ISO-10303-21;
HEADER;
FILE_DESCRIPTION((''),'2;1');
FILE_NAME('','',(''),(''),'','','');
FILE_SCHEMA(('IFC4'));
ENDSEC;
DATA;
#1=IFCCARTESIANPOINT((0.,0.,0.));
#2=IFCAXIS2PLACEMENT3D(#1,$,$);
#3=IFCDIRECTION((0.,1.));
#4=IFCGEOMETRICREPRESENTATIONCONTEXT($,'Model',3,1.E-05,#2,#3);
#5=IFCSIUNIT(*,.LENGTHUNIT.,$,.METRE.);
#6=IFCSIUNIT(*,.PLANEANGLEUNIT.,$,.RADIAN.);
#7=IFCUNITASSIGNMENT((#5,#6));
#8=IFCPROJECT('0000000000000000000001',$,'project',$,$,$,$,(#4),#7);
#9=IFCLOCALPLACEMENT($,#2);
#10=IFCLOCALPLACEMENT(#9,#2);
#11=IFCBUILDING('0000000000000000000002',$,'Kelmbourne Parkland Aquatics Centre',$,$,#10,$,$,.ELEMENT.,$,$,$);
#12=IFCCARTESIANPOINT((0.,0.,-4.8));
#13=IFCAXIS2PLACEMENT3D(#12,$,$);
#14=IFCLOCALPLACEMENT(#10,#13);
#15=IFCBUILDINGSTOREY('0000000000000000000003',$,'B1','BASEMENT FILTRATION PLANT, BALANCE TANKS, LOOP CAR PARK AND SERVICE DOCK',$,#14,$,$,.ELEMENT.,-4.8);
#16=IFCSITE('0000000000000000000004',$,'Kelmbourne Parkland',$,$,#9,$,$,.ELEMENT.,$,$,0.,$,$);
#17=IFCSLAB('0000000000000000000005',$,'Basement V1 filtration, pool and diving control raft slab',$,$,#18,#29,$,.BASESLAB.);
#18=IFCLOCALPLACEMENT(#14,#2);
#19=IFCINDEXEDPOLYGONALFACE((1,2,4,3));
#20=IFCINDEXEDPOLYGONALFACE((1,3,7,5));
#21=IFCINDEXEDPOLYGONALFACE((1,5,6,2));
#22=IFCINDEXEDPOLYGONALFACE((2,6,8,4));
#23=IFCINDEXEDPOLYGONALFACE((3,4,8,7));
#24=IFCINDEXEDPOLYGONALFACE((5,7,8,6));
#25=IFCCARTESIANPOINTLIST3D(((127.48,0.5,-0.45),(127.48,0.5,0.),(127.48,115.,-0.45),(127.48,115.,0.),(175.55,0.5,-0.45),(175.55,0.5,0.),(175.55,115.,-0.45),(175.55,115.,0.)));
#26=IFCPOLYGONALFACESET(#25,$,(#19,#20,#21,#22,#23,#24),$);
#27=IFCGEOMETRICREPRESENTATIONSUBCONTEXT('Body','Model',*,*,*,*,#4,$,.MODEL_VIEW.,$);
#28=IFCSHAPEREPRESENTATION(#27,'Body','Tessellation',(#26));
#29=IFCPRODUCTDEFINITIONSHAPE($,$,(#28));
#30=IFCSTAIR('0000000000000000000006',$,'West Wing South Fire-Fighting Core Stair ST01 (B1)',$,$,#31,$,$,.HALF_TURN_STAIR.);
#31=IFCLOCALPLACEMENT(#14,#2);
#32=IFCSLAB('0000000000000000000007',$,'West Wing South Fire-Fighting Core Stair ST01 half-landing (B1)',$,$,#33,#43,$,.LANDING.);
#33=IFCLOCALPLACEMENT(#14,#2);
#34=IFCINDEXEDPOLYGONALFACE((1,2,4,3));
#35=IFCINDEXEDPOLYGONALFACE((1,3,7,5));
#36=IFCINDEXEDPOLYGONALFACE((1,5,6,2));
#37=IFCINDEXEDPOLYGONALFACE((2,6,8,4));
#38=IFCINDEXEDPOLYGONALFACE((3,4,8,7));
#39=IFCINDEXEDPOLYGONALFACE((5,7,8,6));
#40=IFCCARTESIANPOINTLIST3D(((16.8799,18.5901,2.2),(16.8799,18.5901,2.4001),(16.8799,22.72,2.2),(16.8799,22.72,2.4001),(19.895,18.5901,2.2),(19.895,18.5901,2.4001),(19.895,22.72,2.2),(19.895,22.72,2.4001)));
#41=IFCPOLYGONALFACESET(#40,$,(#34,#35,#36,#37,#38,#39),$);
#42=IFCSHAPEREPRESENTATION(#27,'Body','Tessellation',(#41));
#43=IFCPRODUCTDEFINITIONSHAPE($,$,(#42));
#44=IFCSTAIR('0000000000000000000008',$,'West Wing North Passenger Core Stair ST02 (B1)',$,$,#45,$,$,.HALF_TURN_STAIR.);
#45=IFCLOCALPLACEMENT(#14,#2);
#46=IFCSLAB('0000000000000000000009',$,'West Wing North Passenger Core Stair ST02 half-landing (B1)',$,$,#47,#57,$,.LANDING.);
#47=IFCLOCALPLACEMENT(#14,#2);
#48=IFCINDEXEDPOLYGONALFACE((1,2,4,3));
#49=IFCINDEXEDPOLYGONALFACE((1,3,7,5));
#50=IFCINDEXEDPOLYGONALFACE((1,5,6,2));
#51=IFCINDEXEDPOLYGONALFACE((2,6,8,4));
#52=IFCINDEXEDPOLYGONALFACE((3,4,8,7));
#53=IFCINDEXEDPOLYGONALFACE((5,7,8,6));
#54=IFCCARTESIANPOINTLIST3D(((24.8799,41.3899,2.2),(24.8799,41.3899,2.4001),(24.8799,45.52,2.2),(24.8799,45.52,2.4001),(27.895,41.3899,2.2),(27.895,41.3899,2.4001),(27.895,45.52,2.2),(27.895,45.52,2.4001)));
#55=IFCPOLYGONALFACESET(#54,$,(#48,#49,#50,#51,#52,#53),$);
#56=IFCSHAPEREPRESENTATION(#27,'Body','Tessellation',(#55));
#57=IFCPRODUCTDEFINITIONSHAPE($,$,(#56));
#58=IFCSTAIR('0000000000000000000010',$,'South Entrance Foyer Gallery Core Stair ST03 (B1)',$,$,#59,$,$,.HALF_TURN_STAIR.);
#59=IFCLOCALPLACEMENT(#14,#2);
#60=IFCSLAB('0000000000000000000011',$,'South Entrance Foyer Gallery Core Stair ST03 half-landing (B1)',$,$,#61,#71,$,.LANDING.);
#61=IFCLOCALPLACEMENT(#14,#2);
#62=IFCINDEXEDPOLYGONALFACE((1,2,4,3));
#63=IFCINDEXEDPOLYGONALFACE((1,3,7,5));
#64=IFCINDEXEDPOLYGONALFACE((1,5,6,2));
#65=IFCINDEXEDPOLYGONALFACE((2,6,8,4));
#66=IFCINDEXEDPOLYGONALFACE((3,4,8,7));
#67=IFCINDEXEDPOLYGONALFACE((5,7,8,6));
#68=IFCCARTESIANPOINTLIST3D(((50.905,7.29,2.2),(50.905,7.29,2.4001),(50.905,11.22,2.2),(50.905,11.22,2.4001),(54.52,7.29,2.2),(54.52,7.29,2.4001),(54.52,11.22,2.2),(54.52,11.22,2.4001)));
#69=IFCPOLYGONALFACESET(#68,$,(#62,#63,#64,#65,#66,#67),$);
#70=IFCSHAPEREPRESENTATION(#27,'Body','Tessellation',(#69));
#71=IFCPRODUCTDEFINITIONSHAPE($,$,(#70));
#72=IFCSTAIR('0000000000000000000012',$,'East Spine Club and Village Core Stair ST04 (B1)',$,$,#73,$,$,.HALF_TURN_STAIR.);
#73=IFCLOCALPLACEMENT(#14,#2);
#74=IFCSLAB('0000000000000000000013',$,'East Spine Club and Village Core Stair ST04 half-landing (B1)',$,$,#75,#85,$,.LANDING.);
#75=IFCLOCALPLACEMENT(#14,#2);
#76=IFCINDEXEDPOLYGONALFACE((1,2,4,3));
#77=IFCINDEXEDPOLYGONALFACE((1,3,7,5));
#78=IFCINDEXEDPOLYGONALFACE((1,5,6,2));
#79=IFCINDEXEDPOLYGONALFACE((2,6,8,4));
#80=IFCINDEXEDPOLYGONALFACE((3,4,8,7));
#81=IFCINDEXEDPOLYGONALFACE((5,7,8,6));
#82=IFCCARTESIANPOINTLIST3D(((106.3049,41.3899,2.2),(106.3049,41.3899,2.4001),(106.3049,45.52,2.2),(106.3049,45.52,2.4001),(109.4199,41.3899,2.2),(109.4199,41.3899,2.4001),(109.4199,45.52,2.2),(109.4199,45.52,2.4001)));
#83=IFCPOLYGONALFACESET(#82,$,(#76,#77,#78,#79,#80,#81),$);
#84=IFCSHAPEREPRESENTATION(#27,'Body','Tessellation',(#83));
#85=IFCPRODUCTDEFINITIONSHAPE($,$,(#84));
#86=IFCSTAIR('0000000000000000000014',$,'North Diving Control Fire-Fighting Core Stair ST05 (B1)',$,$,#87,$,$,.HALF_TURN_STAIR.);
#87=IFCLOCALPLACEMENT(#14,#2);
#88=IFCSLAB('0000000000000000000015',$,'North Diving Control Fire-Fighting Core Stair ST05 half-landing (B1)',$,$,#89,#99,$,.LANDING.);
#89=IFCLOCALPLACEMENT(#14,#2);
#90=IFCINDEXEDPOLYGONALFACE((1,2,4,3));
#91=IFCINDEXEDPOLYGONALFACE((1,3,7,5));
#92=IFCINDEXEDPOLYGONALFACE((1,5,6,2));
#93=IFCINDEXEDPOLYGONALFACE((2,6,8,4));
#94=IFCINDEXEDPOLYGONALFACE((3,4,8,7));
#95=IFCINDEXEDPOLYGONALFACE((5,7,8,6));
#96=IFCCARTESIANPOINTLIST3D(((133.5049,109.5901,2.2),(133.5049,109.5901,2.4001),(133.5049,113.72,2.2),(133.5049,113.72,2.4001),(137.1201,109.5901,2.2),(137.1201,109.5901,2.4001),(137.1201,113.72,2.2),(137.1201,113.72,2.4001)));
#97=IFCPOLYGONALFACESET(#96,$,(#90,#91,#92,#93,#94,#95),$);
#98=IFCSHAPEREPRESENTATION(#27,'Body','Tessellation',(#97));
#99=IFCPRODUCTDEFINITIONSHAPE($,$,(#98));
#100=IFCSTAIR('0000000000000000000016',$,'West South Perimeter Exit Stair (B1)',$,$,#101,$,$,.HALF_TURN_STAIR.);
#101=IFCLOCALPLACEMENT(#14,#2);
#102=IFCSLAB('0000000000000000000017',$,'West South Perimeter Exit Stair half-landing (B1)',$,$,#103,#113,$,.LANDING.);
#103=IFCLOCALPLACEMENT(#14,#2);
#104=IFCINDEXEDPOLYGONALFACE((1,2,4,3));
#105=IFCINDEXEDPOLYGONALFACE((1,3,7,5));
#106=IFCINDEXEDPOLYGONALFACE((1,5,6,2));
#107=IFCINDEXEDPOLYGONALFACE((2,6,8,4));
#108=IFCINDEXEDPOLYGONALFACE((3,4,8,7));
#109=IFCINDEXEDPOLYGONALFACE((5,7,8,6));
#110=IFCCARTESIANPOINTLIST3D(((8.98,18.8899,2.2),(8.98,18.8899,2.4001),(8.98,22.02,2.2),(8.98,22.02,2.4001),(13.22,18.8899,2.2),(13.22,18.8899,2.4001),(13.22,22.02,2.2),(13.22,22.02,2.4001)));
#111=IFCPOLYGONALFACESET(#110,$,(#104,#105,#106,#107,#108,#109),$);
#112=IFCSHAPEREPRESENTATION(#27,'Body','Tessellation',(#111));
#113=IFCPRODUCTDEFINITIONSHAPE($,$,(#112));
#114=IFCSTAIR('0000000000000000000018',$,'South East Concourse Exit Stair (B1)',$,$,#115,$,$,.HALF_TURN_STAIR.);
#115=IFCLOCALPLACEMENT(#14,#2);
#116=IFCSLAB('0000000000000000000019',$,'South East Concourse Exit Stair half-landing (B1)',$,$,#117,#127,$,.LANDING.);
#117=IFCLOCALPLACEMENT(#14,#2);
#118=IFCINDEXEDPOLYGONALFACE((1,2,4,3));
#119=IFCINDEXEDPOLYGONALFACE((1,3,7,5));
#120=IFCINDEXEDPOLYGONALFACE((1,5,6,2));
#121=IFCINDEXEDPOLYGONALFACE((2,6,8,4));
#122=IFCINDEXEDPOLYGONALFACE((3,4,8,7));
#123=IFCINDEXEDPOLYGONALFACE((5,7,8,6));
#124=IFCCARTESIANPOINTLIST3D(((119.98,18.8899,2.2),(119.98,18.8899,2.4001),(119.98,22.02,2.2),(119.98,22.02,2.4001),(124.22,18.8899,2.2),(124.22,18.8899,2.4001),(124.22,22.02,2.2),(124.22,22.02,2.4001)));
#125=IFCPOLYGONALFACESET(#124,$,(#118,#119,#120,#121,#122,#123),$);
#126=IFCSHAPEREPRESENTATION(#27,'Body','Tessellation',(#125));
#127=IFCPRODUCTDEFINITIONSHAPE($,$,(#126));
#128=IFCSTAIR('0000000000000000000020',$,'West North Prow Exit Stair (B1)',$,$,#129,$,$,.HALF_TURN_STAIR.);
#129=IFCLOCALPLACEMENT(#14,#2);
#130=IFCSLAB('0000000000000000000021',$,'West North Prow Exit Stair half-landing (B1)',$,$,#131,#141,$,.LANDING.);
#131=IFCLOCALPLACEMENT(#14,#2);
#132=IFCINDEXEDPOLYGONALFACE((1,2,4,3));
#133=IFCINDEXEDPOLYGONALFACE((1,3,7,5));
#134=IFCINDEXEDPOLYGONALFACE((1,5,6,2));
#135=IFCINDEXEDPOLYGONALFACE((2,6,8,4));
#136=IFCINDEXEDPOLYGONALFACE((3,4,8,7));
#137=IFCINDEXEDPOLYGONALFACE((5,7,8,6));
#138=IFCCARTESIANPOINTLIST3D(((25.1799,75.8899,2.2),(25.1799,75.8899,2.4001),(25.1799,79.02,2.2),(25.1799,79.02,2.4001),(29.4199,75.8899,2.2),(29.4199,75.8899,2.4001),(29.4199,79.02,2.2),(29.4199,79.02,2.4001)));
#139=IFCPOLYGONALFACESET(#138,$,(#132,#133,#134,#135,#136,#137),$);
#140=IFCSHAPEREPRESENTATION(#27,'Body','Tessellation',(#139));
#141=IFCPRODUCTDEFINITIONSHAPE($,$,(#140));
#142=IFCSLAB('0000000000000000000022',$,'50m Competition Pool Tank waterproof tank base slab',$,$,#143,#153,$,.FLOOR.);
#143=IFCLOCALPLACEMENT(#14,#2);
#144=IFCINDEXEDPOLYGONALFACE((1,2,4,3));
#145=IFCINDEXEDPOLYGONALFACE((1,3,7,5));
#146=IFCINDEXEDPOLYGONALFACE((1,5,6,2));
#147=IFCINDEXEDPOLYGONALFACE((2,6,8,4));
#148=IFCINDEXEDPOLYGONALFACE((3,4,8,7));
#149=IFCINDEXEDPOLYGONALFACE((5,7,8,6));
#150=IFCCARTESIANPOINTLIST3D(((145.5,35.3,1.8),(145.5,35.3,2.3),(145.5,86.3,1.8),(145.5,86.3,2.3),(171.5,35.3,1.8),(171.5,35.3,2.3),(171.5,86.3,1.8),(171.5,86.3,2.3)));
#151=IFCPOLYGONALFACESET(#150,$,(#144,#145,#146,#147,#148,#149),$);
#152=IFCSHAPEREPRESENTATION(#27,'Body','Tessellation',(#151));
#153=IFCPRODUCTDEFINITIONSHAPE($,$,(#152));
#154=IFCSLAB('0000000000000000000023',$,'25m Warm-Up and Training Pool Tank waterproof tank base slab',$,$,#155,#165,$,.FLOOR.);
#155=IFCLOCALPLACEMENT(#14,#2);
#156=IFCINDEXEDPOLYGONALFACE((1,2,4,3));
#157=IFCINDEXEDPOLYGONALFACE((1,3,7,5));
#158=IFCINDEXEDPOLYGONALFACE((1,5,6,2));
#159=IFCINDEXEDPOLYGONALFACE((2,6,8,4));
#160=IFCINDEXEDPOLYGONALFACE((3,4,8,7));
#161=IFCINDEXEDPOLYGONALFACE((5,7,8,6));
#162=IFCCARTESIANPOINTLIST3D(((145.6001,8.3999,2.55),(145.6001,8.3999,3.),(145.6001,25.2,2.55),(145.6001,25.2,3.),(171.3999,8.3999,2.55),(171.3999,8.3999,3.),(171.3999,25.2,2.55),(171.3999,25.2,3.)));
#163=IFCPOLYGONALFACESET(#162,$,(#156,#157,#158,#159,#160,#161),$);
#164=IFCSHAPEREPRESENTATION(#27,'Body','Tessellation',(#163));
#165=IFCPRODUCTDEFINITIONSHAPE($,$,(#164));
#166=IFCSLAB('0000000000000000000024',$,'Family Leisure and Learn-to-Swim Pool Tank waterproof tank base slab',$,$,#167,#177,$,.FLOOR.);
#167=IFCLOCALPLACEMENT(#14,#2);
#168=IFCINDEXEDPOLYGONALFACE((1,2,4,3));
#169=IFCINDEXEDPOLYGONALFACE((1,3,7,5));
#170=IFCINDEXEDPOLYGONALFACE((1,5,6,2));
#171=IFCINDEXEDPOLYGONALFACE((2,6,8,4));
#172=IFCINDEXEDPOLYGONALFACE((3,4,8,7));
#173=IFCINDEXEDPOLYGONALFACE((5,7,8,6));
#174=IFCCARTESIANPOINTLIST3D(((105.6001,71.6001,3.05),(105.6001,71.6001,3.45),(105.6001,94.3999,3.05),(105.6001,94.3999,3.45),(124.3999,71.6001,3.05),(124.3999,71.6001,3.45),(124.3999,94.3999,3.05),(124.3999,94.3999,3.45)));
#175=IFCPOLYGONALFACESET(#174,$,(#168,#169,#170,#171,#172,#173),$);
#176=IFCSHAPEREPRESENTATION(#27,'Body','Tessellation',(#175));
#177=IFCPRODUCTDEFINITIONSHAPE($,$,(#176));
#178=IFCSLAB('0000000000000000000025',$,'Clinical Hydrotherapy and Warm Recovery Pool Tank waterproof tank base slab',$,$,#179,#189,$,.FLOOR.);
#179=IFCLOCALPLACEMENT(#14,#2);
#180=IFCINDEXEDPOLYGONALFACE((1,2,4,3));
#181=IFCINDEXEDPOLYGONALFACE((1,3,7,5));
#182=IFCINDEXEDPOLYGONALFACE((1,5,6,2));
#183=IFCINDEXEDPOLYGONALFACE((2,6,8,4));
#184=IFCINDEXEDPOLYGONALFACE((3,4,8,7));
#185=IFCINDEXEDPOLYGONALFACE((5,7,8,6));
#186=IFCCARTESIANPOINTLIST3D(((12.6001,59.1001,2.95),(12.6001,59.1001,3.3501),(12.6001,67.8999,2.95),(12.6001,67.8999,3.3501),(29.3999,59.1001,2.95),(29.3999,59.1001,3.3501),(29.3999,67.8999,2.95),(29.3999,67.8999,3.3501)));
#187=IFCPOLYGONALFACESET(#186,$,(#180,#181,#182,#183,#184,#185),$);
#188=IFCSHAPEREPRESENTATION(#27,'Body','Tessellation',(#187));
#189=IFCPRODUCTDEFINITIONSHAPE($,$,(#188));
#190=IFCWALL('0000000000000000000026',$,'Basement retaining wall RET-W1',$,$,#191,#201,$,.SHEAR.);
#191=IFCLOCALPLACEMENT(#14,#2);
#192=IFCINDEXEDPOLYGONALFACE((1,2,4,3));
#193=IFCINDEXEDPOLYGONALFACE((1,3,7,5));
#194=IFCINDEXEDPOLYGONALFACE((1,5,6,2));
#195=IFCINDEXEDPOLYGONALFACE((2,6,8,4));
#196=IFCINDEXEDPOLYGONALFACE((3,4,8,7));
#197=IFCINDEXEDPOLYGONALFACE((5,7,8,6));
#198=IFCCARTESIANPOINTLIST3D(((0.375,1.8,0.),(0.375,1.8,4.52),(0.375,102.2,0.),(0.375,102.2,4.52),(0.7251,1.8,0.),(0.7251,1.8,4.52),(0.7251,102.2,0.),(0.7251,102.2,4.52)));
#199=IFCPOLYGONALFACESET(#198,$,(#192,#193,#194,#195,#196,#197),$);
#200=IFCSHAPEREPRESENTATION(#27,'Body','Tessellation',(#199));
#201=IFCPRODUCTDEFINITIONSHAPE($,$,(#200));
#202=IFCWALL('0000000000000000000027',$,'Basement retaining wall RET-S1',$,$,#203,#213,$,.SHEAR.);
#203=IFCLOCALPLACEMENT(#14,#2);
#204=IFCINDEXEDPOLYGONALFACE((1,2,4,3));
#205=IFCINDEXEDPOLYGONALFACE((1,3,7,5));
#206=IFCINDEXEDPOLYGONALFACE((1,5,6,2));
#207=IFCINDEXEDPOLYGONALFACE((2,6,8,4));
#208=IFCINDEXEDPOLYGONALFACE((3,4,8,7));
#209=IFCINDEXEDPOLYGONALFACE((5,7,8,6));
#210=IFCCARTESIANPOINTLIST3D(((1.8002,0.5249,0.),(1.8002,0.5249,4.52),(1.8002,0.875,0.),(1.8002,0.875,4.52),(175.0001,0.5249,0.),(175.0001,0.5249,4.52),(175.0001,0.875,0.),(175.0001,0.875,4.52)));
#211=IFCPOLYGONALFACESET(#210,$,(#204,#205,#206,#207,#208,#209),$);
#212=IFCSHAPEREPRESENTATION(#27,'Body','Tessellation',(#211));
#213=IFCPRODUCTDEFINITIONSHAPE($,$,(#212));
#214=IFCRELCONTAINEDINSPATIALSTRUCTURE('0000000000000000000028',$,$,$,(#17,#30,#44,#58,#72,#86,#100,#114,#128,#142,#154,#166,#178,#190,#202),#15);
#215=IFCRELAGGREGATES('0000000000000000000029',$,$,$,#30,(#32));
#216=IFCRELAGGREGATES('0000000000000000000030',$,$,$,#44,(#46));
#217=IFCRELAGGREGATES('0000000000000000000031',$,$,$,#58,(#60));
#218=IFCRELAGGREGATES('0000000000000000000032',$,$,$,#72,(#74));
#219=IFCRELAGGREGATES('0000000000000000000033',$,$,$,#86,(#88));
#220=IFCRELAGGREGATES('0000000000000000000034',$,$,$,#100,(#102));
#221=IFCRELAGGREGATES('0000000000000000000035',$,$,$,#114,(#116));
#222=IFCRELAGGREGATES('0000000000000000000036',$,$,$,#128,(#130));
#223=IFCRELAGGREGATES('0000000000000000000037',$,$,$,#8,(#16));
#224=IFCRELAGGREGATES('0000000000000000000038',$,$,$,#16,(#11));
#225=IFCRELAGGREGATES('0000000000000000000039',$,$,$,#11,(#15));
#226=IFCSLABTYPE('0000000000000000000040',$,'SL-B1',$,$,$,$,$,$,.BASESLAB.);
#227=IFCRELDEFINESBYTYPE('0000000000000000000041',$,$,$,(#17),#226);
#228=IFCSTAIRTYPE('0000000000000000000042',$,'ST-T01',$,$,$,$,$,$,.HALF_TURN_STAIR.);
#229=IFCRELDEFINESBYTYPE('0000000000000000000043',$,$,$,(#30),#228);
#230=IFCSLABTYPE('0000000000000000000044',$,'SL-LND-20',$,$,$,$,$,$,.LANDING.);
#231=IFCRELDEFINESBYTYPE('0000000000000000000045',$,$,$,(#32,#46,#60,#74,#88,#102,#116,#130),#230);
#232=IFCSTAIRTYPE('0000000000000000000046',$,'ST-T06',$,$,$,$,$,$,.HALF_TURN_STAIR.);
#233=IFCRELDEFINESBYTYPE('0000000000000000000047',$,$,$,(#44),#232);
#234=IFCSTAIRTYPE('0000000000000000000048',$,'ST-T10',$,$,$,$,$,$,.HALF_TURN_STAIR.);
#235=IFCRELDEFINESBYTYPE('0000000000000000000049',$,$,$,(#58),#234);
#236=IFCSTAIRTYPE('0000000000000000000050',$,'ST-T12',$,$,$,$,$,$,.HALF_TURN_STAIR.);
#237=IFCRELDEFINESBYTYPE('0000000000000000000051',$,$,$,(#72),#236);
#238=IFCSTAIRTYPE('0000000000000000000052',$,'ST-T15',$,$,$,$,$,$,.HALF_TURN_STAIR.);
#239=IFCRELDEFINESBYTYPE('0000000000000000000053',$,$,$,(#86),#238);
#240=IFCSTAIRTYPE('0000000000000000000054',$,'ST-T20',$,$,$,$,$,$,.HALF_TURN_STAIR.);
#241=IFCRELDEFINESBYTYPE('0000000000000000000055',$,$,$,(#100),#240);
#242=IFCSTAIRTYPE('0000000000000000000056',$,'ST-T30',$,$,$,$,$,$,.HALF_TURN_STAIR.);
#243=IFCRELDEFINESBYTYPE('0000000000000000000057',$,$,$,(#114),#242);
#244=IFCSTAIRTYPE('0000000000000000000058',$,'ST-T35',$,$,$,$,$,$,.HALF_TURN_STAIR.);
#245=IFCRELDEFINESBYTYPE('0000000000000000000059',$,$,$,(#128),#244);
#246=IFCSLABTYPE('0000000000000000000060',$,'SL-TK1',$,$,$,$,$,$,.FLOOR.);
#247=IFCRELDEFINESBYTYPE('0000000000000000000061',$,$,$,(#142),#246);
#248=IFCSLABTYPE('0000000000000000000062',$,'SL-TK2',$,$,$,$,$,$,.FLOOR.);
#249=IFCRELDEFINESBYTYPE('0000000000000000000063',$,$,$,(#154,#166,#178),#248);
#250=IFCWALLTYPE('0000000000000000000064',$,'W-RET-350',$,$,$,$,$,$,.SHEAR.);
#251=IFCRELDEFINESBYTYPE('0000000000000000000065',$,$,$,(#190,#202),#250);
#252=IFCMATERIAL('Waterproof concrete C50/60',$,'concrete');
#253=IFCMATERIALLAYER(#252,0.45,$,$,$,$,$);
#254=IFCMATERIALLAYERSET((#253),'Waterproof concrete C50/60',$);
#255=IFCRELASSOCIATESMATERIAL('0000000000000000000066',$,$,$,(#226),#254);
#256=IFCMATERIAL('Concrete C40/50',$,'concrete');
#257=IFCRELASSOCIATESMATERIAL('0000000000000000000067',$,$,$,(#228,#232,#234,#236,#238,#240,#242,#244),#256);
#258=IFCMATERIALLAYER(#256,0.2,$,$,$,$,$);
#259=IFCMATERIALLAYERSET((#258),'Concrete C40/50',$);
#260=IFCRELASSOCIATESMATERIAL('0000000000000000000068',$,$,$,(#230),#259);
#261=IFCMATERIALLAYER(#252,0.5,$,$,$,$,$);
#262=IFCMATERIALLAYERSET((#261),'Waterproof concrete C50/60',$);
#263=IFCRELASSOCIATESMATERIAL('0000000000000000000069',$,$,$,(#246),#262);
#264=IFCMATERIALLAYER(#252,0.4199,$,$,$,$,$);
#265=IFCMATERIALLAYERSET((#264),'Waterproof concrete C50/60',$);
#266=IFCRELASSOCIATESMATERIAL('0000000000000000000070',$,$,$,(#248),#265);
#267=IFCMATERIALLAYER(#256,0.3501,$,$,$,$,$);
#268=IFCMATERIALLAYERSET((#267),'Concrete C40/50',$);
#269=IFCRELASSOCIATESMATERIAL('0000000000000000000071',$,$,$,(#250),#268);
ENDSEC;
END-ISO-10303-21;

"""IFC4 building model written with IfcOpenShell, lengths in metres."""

from ifc_helpers import new_model, si_unit, direction, frame, frame_2d, origin, place, context, subcontext, project, spatial, polyline, rectangle, outline, extrude, material, layer, layer_set, type_object, element, aggregate, save


model = new_model("IFC4")

# Units and contexts
model_context = context("Model", 3, precision=1e-05, world=origin(), true_north=direction((0.0, 1.0)))
body_context = subcontext(model_context, "Body", "Model", "MODEL_VIEW")
ifc_project = project(units=[si_unit("LENGTHUNIT", "METRE"), si_unit("PLANEANGLEUNIT", "RADIAN")], contexts=[model_context])

# Site, building, storey
site_placement = place(None, origin())
site = spatial("IfcSite", under=ifc_project, at=site_placement, Name="Kelmbourne Parkland", CompositionType="ELEMENT", RefElevation=0.0)
building_placement = place(site_placement, origin())
building = spatial("IfcBuilding", under=site, at=building_placement, Name="Kelmbourne Parkland Aquatics Centre", CompositionType="ELEMENT")
storey_placement = place(building_placement, frame((0.0, 0.0, -4.8)))
storey = spatial("IfcBuildingStorey", under=building, at=storey_placement, Name="B1", Description="BASEMENT FILTRATION PLANT, BALANCE TANKS, LOOP CAR PARK AND SERVICE DOCK", CompositionType="ELEMENT", Elevation=-4.8)

# Shared definitions
ifc_material_1 = material(Name="Waterproof concrete C50/60", Category="concrete")

# Shared definitions
ifc_material_2 = material(Name="Concrete C40/50", Category="concrete")

# Slab
ifc_layer_1 = layer(ifc_material_1, 0.45)
ifc_layer_set_1 = layer_set([ifc_layer_1], Name="Waterproof concrete C50/60")
slab_type_1 = type_object("IfcSlabType", Name="SL-B1", PredefinedType="BASESLAB", material=ifc_layer_set_1)
slab_1_placement = place(storey_placement, frame((0.0, 0.0, -0.45)))
element("IfcSlab", 1, at=slab_1_placement, inside=storey, type_object=slab_type_1, Name="Basement V1 filtration, pool and diving control raft slab", PredefinedType="BASESLAB", context=body_context, shape_type="SweptSolid", body=[
    extrude(outline(polyline([(175.55, 0.5), (175.55, 115.0), (127.48, 115.0), (127.48, 0.5), (175.55, 0.5)])), origin(), (0.0, 0.0, 1.0), 0.45),
])

# Stairs, slabs
stair_type_1 = type_object("IfcStairType", Name="ST-T01", PredefinedType="HALF_TURN_STAIR", material=ifc_material_2)
stair_1_placement = place(storey_placement, origin())
stair_1 = element("IfcStair", 2, at=stair_1_placement, inside=storey, type_object=stair_type_1, Name="West Wing South Fire-Fighting Core Stair ST01 (B1)", PredefinedType="HALF_TURN_STAIR")
ifc_layer_2 = layer(ifc_material_2, 0.2)
ifc_layer_set_2 = layer_set([ifc_layer_2], Name="Concrete C40/50")
slab_type_2 = type_object("IfcSlabType", Name="SL-LND-20", PredefinedType="LANDING", material=ifc_layer_set_2)
slab_2_placement = place(storey_placement, frame((0.0, 0.0, 2.2)))
slab_2 = element("IfcSlab", 3, at=slab_2_placement, type_object=slab_type_2, Name="West Wing South Fire-Fighting Core Stair ST01 half-landing (B1)", PredefinedType="LANDING", context=body_context, shape_type="SweptSolid", body=[
    extrude(outline(polyline([(16.8799, 18.5901), (19.895, 18.5901), (19.895, 22.72), (16.8799, 22.72), (16.8799, 18.5901)])), origin(), (0.0, 0.0, 1.0), 0.2002),
])
aggregate(stair_1, [slab_2])
stair_type_2 = type_object("IfcStairType", Name="ST-T06", PredefinedType="HALF_TURN_STAIR", material=ifc_material_2)
stair_2_placement = place(storey_placement, origin())
stair_2 = element("IfcStair", 4, at=stair_2_placement, inside=storey, type_object=stair_type_2, Name="West Wing North Passenger Core Stair ST02 (B1)", PredefinedType="HALF_TURN_STAIR")
slab_3_placement = place(storey_placement, frame((0.0, 0.0, 2.2)))
slab_3 = element("IfcSlab", 5, at=slab_3_placement, type_object=slab_type_2, Name="West Wing North Passenger Core Stair ST02 half-landing (B1)", PredefinedType="LANDING", context=body_context, shape_type="SweptSolid", body=[
    extrude(outline(polyline([(24.8799, 41.3899), (27.895, 41.3899), (27.895, 45.52), (24.8799, 45.52), (24.8799, 41.3899)])), origin(), (0.0, 0.0, 1.0), 0.2002),
])
aggregate(stair_2, [slab_3])
stair_type_3 = type_object("IfcStairType", Name="ST-T10", PredefinedType="HALF_TURN_STAIR", material=ifc_material_2)
stair_3_placement = place(storey_placement, origin())
stair_3 = element("IfcStair", 6, at=stair_3_placement, inside=storey, type_object=stair_type_3, Name="South Entrance Foyer Gallery Core Stair ST03 (B1)", PredefinedType="HALF_TURN_STAIR")
slab_4_placement = place(storey_placement, frame((0.0, 0.0, 2.2)))
slab_4 = element("IfcSlab", 7, at=slab_4_placement, type_object=slab_type_2, Name="South Entrance Foyer Gallery Core Stair ST03 half-landing (B1)", PredefinedType="LANDING", context=body_context, shape_type="SweptSolid", body=[
    extrude(outline(polyline([(50.905, 7.29), (54.52, 7.29), (54.52, 11.22), (50.905, 11.22), (50.905, 7.29)])), origin(), (0.0, 0.0, 1.0), 0.2002),
])
aggregate(stair_3, [slab_4])
stair_type_4 = type_object("IfcStairType", Name="ST-T12", PredefinedType="HALF_TURN_STAIR", material=ifc_material_2)
stair_4_placement = place(storey_placement, origin())
stair_4 = element("IfcStair", 8, at=stair_4_placement, inside=storey, type_object=stair_type_4, Name="East Spine Club and Village Core Stair ST04 (B1)", PredefinedType="HALF_TURN_STAIR")
slab_5_placement = place(storey_placement, frame((0.0, 0.0, 2.2)))
slab_5 = element("IfcSlab", 9, at=slab_5_placement, type_object=slab_type_2, Name="East Spine Club and Village Core Stair ST04 half-landing (B1)", PredefinedType="LANDING", context=body_context, shape_type="SweptSolid", body=[
    extrude(outline(polyline([(106.3049, 41.3899), (109.4199, 41.3899), (109.4199, 45.52), (106.3049, 45.52), (106.3049, 41.3899)])), origin(), (0.0, 0.0, 1.0), 0.2002),
])
aggregate(stair_4, [slab_5])
stair_type_5 = type_object("IfcStairType", Name="ST-T15", PredefinedType="HALF_TURN_STAIR", material=ifc_material_2)
stair_5_placement = place(storey_placement, origin())
stair_5 = element("IfcStair", 10, at=stair_5_placement, inside=storey, type_object=stair_type_5, Name="North Diving Control Fire-Fighting Core Stair ST05 (B1)", PredefinedType="HALF_TURN_STAIR")
slab_6_placement = place(storey_placement, frame((0.0, 0.0, 2.2)))
slab_6 = element("IfcSlab", 11, at=slab_6_placement, type_object=slab_type_2, Name="North Diving Control Fire-Fighting Core Stair ST05 half-landing (B1)", PredefinedType="LANDING", context=body_context, shape_type="SweptSolid", body=[
    extrude(outline(polyline([(133.5049, 109.5901), (137.1201, 109.5901), (137.1201, 113.72), (133.5049, 113.72), (133.5049, 109.5901)])), origin(), (0.0, 0.0, 1.0), 0.2002),
])
aggregate(stair_5, [slab_6])
stair_type_6 = type_object("IfcStairType", Name="ST-T20", PredefinedType="HALF_TURN_STAIR", material=ifc_material_2)
stair_6_placement = place(storey_placement, origin())
stair_6 = element("IfcStair", 12, at=stair_6_placement, inside=storey, type_object=stair_type_6, Name="West South Perimeter Exit Stair (B1)", PredefinedType="HALF_TURN_STAIR")
slab_7_placement = place(storey_placement, frame((0.0, 0.0, 2.2)))
slab_7 = element("IfcSlab", 13, at=slab_7_placement, type_object=slab_type_2, Name="West South Perimeter Exit Stair half-landing (B1)", PredefinedType="LANDING", context=body_context, shape_type="SweptSolid", body=[
    extrude(outline(polyline([(8.98, 18.8899), (13.22, 18.8899), (13.22, 22.02), (8.98, 22.02), (8.98, 18.8899)])), origin(), (0.0, 0.0, 1.0), 0.2002),
])
aggregate(stair_6, [slab_7])
stair_type_7 = type_object("IfcStairType", Name="ST-T30", PredefinedType="HALF_TURN_STAIR", material=ifc_material_2)
stair_7_placement = place(storey_placement, origin())
stair_7 = element("IfcStair", 14, at=stair_7_placement, inside=storey, type_object=stair_type_7, Name="South East Concourse Exit Stair (B1)", PredefinedType="HALF_TURN_STAIR")
slab_8_placement = place(storey_placement, frame((0.0, 0.0, 2.2)))
slab_8 = element("IfcSlab", 15, at=slab_8_placement, type_object=slab_type_2, Name="South East Concourse Exit Stair half-landing (B1)", PredefinedType="LANDING", context=body_context, shape_type="SweptSolid", body=[
    extrude(outline(polyline([(119.98, 18.8899), (124.22, 18.8899), (124.22, 22.02), (119.98, 22.02), (119.98, 18.8899)])), origin(), (0.0, 0.0, 1.0), 0.2002),
])
aggregate(stair_7, [slab_8])
stair_type_8 = type_object("IfcStairType", Name="ST-T35", PredefinedType="HALF_TURN_STAIR", material=ifc_material_2)
stair_8_placement = place(storey_placement, origin())
stair_8 = element("IfcStair", 16, at=stair_8_placement, inside=storey, type_object=stair_type_8, Name="West North Prow Exit Stair (B1)", PredefinedType="HALF_TURN_STAIR")
slab_9_placement = place(storey_placement, frame((0.0, 0.0, 2.2)))
slab_9 = element("IfcSlab", 17, at=slab_9_placement, type_object=slab_type_2, Name="West North Prow Exit Stair half-landing (B1)", PredefinedType="LANDING", context=body_context, shape_type="SweptSolid", body=[
    extrude(outline(polyline([(25.1799, 75.8899), (29.4199, 75.8899), (29.4199, 79.02), (25.1799, 79.02), (25.1799, 75.8899)])), origin(), (0.0, 0.0, 1.0), 0.2002),
])
aggregate(stair_8, [slab_9])

# Slabs
ifc_layer_3 = layer(ifc_material_1, 0.5)
ifc_layer_set_3 = layer_set([ifc_layer_3], Name="Waterproof concrete C50/60")
slab_type_3 = type_object("IfcSlabType", Name="SL-TK1", PredefinedType="FLOOR", material=ifc_layer_set_3)
slab_10_placement = place(storey_placement, frame((0.0, 0.0, 1.8)))
element("IfcSlab", 18, at=slab_10_placement, inside=storey, type_object=slab_type_3, Name="50m Competition Pool Tank waterproof tank base slab", PredefinedType="FLOOR", context=body_context, shape_type="SweptSolid", body=[
    extrude(outline(polyline([(171.5, 35.3), (171.5, 86.3), (145.5, 86.3), (145.5, 35.3), (171.5, 35.3)])), origin(), (0.0, 0.0, 1.0), 0.5),
])
ifc_layer_4 = layer(ifc_material_1, 0.4199)
ifc_layer_set_4 = layer_set([ifc_layer_4], Name="Waterproof concrete C50/60")
slab_type_4 = type_object("IfcSlabType", Name="SL-TK2", PredefinedType="FLOOR", material=ifc_layer_set_4)
slab_11_placement = place(storey_placement, frame((0.0, 0.0, 2.55)))
element("IfcSlab", 19, at=slab_11_placement, inside=storey, type_object=slab_type_4, Name="25m Warm-Up and Training Pool Tank waterproof tank base slab", PredefinedType="FLOOR", context=body_context, shape_type="SweptSolid", body=[
    extrude(outline(polyline([(171.3999, 8.3999), (171.3999, 25.2), (145.6001, 25.2), (145.6001, 8.3999), (171.3999, 8.3999)])), origin(), (0.0, 0.0, 1.0), 0.45),
])
slab_12_placement = place(storey_placement, frame((0.0, 0.0, 3.05)))
element("IfcSlab", 20, at=slab_12_placement, inside=storey, type_object=slab_type_4, Name="Family Leisure and Learn-to-Swim Pool Tank waterproof tank base slab", PredefinedType="FLOOR", context=body_context, shape_type="SweptSolid", body=[
    extrude(outline(polyline([(124.3999, 71.6001), (124.3999, 94.3999), (105.6001, 94.3999), (105.6001, 71.6001), (124.3999, 71.6001)])), origin(), (0.0, 0.0, 1.0), 0.3999),
])
slab_13_placement = place(storey_placement, frame((0.0, 0.0, 2.95)))
element("IfcSlab", 21, at=slab_13_placement, inside=storey, type_object=slab_type_4, Name="Clinical Hydrotherapy and Warm Recovery Pool Tank waterproof tank base slab", PredefinedType="FLOOR", context=body_context, shape_type="SweptSolid", body=[
    extrude(outline(polyline([(29.3999, 59.1001), (29.3999, 67.8999), (12.6001, 67.8999), (12.6001, 59.1001), (29.3999, 59.1001)])), origin(), (0.0, 0.0, 1.0), 0.4001),
])

# Walls
ifc_layer_5 = layer(ifc_material_2, 0.3501)
ifc_layer_set_5 = layer_set([ifc_layer_5], Name="Concrete C40/50")
wall_type = type_object("IfcWallType", Name="W-RET-350", PredefinedType="SHEAR", material=ifc_layer_set_5)
wall_1_placement = place(storey_placement, frame((0.55, 1.8, 0.0), z_axis=(0.0, 0.0, 1.0), x_axis=(0.0, 1.0, 0.0)))
element("IfcWall", 22, at=wall_1_placement, inside=storey, type_object=wall_type, Name="Basement retaining wall RET-W1", PredefinedType="SHEAR", context=body_context, shape_type="SweptSolid", body=[
    extrude(rectangle(XDim=100.3999, YDim=0.3501, at=frame_2d((50.2, 0.0))), origin(), (0.0, 0.0, 1.0), 4.52),
])
wall_2_placement = place(storey_placement, frame((1.8, 0.7, 0.0), z_axis=(0.0, 0.0, 1.0), x_axis=(1.0, 0.0, 0.0)))
element("IfcWall", 23, at=wall_2_placement, inside=storey, type_object=wall_type, Name="Basement retaining wall RET-S1", PredefinedType="SHEAR", context=body_context, shape_type="SweptSolid", body=[
    extrude(rectangle(XDim=173.2, YDim=0.3501, at=frame_2d((86.6001, 0.0))), origin(), (0.0, 0.0, 1.0), 4.52),
])

save(model, "model.ifc")
